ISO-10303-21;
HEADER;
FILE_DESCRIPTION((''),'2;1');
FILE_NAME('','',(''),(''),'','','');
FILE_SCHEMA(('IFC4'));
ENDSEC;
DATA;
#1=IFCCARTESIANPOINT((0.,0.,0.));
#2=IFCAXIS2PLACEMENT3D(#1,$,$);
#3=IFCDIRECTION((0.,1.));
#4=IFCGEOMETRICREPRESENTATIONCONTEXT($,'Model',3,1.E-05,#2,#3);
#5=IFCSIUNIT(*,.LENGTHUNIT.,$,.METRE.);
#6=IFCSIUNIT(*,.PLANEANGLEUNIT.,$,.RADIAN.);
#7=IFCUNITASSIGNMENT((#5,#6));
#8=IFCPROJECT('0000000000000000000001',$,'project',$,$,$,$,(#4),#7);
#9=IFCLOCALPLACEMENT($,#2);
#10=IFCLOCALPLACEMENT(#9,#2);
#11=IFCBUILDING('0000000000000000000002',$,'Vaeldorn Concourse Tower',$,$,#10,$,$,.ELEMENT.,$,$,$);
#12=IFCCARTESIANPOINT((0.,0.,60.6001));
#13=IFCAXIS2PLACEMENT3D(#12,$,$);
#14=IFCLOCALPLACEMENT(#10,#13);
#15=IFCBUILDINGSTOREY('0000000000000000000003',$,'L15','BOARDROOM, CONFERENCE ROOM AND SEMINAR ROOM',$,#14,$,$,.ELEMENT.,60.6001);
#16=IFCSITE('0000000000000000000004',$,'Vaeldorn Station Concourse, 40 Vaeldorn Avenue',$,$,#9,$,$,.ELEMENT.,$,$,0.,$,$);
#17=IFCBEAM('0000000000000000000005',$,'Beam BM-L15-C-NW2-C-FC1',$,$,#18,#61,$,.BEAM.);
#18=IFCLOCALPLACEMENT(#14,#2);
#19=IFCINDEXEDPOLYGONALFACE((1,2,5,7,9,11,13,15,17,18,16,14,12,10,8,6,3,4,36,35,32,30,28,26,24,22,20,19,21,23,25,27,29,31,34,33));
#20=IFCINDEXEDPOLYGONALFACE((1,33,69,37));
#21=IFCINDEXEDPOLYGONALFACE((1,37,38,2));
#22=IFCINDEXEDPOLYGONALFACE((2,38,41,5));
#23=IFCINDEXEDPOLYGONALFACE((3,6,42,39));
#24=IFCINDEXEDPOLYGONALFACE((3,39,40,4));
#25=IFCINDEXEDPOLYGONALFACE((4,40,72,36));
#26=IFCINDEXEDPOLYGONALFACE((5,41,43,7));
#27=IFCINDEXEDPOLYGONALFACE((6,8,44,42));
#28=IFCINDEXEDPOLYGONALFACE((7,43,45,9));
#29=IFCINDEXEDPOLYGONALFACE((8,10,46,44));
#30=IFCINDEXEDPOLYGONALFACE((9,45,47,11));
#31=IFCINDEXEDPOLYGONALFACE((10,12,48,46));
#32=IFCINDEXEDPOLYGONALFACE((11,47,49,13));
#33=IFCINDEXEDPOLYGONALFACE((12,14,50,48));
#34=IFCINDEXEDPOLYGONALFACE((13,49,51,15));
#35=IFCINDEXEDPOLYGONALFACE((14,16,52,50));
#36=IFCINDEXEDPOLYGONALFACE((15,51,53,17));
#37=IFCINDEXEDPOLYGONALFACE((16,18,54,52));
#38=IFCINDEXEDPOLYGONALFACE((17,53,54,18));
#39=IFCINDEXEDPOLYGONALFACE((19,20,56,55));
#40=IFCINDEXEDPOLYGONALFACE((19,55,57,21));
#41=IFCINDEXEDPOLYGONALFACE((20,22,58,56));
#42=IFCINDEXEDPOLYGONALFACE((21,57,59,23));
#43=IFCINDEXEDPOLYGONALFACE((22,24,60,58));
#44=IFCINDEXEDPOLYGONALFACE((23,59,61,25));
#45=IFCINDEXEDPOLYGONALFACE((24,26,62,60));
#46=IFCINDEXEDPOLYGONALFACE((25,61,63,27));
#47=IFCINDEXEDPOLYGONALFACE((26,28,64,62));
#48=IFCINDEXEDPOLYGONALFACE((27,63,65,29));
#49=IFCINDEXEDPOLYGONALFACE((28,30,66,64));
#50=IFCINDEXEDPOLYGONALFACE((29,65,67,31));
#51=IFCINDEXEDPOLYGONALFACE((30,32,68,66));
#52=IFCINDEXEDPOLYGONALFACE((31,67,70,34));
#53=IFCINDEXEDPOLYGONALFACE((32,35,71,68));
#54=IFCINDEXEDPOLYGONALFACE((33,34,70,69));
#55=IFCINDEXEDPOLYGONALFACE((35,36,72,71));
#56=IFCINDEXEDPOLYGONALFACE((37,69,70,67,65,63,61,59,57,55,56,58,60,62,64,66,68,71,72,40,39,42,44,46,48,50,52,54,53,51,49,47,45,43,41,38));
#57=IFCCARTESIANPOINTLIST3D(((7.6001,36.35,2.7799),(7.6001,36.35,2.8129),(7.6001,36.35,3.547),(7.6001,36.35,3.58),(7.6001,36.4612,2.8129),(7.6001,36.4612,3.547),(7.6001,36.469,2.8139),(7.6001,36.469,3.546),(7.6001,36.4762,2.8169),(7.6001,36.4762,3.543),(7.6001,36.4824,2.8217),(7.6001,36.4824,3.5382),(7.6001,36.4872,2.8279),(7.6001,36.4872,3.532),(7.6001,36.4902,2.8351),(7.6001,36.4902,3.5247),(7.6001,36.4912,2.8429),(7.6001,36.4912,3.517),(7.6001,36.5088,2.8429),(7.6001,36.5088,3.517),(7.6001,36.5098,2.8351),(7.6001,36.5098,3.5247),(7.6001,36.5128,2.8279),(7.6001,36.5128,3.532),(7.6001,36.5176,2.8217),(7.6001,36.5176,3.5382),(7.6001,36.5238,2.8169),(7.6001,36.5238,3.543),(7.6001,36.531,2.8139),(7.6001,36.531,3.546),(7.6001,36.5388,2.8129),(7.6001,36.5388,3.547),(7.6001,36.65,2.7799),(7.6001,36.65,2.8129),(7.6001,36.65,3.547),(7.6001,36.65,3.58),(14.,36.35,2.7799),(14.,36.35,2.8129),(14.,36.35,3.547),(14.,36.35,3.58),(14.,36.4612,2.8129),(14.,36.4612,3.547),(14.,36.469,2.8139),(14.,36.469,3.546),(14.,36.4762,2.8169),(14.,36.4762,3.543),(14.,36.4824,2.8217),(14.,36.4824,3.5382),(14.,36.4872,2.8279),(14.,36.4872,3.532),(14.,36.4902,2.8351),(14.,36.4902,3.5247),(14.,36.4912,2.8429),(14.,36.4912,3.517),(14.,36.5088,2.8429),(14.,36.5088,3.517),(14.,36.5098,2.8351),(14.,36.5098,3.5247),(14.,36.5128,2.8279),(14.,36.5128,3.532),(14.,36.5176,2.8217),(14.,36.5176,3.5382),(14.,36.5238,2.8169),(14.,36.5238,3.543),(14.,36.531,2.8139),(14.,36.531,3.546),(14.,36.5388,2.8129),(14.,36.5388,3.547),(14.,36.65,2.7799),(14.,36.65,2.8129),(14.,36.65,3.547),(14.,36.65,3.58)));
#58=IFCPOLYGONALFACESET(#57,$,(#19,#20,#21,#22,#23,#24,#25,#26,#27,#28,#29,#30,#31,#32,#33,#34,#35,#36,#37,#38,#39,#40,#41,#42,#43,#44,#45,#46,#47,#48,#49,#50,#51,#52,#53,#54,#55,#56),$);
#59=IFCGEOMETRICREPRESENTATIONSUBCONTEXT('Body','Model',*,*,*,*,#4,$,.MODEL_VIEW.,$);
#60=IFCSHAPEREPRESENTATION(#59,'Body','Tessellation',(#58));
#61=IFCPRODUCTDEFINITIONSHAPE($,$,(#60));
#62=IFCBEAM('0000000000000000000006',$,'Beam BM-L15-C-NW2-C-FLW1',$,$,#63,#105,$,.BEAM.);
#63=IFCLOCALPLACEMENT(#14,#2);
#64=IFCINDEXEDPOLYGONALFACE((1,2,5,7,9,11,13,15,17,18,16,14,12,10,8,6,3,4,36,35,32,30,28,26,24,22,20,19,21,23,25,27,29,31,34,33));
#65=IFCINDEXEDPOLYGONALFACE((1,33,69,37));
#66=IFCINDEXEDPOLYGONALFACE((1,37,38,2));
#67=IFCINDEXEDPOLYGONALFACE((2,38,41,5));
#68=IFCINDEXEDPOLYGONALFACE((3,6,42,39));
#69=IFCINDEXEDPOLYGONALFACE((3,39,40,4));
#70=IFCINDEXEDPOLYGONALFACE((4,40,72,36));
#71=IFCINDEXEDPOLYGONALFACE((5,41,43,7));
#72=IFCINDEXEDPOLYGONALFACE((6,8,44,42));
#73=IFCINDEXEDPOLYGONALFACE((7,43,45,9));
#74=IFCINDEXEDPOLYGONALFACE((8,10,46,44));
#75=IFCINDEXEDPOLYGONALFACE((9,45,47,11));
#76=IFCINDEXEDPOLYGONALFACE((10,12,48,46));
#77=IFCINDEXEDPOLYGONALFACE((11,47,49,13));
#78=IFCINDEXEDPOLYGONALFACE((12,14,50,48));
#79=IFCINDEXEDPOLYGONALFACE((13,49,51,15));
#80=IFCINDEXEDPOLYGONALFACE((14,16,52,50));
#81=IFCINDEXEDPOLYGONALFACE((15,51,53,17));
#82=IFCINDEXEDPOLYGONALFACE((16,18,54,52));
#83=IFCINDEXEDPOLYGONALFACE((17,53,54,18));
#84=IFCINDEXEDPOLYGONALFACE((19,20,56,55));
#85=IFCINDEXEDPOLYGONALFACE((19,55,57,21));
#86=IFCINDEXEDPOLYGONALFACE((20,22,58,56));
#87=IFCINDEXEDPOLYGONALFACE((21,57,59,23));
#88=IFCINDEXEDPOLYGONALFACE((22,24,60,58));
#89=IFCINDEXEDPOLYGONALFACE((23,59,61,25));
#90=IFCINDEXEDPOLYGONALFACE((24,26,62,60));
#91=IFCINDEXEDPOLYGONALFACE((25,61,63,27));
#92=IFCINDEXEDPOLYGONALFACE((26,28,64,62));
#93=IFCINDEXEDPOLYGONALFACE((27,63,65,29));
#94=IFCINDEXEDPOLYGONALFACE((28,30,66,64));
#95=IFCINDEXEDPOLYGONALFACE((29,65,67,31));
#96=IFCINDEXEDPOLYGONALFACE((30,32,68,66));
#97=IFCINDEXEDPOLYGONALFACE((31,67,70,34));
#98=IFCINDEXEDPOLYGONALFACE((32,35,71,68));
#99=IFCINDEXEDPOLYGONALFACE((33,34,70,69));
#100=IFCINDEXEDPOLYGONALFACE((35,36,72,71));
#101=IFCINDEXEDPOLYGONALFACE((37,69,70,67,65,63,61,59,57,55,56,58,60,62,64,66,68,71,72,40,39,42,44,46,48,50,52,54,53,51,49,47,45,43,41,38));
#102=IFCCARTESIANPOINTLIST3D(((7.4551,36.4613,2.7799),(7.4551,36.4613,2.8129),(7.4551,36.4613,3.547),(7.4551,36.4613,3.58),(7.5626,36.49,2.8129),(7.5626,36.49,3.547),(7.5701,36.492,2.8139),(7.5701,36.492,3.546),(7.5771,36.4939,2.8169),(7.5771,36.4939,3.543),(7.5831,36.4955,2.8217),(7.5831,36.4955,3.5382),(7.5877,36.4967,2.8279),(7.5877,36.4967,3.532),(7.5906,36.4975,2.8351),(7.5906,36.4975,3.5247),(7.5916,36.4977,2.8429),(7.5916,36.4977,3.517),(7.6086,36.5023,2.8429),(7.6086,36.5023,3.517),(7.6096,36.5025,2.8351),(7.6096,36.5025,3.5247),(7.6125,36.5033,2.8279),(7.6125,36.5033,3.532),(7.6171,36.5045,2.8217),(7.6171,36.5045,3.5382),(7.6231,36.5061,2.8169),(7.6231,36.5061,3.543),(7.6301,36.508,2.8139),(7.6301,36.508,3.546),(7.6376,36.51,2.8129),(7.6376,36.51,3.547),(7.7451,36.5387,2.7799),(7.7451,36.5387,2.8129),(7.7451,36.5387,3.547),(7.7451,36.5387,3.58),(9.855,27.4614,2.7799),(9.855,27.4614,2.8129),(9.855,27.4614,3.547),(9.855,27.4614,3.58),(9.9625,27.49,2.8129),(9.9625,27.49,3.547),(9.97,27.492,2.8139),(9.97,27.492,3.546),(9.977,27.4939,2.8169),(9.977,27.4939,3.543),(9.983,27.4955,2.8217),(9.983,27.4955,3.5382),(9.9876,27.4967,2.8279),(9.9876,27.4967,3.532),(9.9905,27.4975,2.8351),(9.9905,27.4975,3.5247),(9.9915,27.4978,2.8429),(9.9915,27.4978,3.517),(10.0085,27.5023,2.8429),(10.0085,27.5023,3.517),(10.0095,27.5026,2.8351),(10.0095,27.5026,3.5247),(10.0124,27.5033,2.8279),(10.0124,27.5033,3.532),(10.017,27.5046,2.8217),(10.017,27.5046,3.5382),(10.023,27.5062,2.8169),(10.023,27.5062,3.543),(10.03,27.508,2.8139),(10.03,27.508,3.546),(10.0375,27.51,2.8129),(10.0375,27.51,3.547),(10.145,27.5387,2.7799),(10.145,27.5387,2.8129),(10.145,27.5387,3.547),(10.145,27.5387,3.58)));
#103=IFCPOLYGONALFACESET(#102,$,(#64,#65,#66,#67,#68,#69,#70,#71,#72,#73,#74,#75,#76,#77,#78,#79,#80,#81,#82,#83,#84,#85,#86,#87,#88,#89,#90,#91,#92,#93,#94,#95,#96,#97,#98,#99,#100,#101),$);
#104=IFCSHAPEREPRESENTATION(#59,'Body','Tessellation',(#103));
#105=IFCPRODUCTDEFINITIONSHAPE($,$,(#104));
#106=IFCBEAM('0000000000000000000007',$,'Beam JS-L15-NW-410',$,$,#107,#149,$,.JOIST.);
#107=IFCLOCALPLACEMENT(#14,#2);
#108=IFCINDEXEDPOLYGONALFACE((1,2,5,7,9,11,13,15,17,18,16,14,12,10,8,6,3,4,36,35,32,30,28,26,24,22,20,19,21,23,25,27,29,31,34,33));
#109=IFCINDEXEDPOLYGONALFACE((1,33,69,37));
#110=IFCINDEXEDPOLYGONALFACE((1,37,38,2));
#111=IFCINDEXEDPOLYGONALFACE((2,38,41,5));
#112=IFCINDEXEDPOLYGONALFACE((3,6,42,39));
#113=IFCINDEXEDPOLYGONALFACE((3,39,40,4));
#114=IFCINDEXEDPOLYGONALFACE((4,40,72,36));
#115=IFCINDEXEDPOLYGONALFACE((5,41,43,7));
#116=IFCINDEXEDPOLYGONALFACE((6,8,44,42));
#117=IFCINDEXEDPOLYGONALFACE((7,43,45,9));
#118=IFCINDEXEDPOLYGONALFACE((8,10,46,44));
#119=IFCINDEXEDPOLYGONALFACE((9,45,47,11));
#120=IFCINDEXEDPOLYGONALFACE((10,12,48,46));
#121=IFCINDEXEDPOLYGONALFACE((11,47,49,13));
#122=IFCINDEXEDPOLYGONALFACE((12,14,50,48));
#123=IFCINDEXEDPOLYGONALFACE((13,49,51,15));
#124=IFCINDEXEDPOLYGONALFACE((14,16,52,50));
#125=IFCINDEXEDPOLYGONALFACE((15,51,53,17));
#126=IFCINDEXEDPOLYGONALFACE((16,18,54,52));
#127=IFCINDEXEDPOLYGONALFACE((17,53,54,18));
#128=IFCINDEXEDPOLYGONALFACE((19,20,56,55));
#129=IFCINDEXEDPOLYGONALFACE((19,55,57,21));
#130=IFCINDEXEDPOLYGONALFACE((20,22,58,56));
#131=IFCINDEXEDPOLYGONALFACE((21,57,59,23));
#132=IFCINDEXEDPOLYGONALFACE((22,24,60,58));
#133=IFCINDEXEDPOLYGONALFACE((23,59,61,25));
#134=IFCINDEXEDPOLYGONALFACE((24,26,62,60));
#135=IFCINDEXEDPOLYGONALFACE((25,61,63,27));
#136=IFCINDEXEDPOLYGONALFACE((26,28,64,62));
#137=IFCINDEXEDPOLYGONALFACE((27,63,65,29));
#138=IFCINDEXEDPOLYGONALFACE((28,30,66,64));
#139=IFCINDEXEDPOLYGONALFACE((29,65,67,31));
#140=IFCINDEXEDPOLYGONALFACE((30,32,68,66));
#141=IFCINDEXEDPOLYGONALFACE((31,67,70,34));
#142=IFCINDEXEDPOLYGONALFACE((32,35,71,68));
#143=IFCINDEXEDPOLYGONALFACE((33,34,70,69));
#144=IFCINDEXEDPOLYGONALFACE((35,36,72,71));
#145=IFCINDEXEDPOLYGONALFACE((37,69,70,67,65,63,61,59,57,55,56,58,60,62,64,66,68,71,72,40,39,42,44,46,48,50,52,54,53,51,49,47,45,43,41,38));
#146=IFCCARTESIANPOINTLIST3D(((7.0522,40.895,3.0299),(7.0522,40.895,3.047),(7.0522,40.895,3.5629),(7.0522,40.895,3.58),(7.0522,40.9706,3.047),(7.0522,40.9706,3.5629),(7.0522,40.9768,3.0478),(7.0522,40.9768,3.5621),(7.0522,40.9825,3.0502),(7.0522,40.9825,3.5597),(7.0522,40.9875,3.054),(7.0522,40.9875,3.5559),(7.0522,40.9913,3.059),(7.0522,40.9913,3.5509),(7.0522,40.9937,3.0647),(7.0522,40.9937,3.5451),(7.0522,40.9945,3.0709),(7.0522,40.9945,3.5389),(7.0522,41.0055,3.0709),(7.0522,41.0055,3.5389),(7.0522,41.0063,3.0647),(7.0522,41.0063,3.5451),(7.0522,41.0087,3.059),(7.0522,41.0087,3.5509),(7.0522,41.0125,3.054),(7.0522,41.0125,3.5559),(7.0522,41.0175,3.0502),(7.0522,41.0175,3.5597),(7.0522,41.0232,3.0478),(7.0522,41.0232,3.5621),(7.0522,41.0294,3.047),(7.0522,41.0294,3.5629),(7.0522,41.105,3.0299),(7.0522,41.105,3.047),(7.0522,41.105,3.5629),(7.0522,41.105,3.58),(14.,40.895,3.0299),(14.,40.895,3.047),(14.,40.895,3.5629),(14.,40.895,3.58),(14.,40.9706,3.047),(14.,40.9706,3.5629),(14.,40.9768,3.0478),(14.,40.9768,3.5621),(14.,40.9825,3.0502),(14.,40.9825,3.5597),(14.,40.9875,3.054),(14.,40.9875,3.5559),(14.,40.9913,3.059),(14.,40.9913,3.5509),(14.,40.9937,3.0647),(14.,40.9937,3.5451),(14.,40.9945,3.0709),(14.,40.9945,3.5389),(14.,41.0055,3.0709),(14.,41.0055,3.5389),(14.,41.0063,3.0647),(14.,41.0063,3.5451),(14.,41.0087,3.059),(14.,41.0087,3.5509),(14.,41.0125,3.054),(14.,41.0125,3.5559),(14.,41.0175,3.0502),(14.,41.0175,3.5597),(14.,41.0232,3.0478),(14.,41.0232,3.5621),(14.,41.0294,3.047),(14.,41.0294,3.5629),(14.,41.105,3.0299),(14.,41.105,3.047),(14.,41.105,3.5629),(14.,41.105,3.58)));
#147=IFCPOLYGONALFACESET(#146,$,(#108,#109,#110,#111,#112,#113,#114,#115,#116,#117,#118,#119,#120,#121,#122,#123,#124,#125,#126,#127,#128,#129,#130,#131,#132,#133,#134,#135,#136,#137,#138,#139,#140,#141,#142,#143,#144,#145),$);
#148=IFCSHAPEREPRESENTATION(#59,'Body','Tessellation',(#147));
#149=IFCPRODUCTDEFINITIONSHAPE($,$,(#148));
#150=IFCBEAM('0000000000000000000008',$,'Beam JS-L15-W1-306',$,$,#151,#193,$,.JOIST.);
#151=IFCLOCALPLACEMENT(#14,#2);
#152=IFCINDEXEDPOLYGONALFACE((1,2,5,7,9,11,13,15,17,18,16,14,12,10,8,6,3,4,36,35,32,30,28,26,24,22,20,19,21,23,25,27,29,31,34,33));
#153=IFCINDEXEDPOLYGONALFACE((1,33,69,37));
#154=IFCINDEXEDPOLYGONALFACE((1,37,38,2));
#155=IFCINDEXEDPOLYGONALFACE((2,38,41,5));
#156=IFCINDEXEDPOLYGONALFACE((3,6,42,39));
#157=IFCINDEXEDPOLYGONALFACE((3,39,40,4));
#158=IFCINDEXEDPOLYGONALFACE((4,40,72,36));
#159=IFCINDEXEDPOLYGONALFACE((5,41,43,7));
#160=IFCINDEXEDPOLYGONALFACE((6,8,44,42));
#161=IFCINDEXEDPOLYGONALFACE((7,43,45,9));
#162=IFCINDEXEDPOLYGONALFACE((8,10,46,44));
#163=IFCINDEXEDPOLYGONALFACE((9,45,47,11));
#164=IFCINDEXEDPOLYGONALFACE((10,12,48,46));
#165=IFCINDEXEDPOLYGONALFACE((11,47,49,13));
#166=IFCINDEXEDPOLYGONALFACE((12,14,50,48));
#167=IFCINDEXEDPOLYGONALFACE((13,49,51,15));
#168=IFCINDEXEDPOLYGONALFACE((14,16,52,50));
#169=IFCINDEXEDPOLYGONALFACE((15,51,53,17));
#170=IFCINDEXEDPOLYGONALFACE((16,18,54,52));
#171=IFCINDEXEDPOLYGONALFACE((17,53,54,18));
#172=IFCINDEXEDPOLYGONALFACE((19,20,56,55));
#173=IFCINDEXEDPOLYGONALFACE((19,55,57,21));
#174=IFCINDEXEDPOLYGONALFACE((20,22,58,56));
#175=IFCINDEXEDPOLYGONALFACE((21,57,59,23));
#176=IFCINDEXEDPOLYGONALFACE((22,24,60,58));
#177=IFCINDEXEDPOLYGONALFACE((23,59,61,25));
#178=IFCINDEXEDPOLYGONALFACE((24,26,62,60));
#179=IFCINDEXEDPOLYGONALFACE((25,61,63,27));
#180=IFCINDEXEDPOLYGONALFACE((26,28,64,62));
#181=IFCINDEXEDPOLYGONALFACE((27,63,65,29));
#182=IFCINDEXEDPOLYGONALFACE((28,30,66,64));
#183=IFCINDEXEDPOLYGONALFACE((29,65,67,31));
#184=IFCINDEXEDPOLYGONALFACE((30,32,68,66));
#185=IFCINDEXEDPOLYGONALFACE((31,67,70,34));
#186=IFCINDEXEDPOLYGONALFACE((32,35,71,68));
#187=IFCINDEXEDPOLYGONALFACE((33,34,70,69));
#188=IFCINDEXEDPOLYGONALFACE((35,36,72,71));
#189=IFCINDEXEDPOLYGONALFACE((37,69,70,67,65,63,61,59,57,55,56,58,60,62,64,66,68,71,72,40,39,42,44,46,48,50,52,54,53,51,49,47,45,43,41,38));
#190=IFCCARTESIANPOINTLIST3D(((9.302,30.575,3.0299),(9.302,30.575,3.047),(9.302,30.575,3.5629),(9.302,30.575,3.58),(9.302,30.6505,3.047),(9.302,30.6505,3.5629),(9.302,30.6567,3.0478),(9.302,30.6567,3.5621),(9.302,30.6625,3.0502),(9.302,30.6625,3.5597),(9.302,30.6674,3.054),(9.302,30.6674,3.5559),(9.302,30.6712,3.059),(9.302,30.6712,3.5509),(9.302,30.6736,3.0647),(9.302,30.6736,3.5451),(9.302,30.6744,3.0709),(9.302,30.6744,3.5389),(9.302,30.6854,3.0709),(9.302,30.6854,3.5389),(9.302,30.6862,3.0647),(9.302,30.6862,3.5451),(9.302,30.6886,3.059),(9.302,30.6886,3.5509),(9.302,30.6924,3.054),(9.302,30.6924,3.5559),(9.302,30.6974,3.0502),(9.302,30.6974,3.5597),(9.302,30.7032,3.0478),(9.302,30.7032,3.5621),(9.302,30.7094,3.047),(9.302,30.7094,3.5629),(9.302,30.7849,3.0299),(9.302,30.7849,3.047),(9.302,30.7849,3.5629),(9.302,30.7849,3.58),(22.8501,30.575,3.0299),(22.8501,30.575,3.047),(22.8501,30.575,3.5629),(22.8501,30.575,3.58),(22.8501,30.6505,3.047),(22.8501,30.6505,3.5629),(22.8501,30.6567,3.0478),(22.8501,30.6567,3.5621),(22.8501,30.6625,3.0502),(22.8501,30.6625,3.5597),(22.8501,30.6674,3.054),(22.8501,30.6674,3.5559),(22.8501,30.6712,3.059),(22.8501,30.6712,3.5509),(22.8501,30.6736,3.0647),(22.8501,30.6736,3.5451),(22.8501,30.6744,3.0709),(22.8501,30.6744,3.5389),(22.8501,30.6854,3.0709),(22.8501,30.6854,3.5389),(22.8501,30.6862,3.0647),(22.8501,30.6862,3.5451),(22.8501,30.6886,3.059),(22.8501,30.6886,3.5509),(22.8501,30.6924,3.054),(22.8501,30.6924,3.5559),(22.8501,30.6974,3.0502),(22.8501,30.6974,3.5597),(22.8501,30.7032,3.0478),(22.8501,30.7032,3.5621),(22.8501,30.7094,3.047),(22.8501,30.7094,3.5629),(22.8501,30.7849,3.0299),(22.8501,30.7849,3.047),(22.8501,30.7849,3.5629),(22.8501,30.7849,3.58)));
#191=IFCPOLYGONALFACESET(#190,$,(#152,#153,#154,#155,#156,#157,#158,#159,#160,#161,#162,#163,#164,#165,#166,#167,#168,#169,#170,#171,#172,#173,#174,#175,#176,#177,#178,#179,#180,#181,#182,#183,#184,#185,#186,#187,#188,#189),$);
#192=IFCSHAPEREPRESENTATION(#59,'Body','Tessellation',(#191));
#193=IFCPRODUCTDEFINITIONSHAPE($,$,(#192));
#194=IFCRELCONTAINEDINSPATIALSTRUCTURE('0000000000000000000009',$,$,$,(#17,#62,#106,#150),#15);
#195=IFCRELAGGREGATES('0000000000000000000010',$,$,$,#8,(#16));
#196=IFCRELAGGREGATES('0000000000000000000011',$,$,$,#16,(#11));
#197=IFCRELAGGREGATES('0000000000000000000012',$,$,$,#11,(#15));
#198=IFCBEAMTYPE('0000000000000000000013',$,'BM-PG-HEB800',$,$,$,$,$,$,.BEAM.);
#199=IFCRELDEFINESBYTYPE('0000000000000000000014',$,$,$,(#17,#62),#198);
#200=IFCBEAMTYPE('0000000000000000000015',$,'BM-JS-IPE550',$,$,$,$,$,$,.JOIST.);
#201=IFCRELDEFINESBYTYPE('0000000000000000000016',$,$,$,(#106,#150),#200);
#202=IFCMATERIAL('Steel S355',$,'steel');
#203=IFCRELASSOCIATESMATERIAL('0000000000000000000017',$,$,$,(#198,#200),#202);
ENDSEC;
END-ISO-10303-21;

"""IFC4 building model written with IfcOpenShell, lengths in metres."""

from ifc_helpers import new_model, si_unit, direction, frame, origin, origin_2d, place, context, subcontext, project, spatial, i_section, extrude, source, transform, mapped, material, material_profile, profile_set, type_object, element, save


model = new_model("IFC4")

# Units and contexts
model_context = context("Model", 3, precision=1e-05, world=origin(), true_north=direction((0.0, 1.0)))
body_context = subcontext(model_context, "Body", "Model", "MODEL_VIEW")
ifc_project = project(units=[si_unit("LENGTHUNIT", "METRE"), si_unit("PLANEANGLEUNIT", "RADIAN")], contexts=[model_context])

# Site, building, storey
site_placement = place(None, origin())
site = spatial("IfcSite", under=ifc_project, at=site_placement, Name="Vaeldorn Station Concourse, 40 Vaeldorn Avenue", CompositionType="ELEMENT", RefElevation=0.0)
building_placement = place(site_placement, origin())
building = spatial("IfcBuilding", under=site, at=building_placement, Name="Vaeldorn Concourse Tower", CompositionType="ELEMENT")
storey_placement = place(building_placement, frame((0.0, 0.0, 60.6001)))
storey = spatial("IfcBuildingStorey", under=building, at=storey_placement, Name="L15", Description="BOARDROOM, CONFERENCE ROOM AND SEMINAR ROOM", CompositionType="ELEMENT", Elevation=60.6001)

# Beams
ifc_material_1 = material(Name="Steel S355", Category="steel")
ifc_material_profile_1 = material_profile(ifc_material_1, i_section(OverallWidth=0.3, OverallDepth=0.8, WebThickness=0.0176, FlangeThickness=0.033, FilletRadius=0.03, at=origin_2d()), Name="HEB 800")
ifc_profile_set_1 = profile_set([ifc_material_profile_1], Name="Steel S355")
beam_type_1 = type_object("IfcBeamType", Name="BM-PG-HEB800", PredefinedType="BEAM", material=ifc_profile_set_1)
shared_shape_1 = source(origin(), body_context, "Body", "SweptSolid", [
    extrude(i_section(OverallWidth=0.3, OverallDepth=0.8, WebThickness=0.0176, FlangeThickness=0.033, FilletRadius=0.03, at=origin_2d()), origin(), (0.0, 0.0, 1.0), 6.3999),
])
beam_1_placement = place(storey_placement, frame((7.6001, 36.5, 3.1799), z_axis=(1.0, 0.0, 0.0), x_axis=(0.0, 1.0, 0.0)))
element("IfcBeam", 1, at=beam_1_placement, inside=storey, type_object=beam_type_1, Name="Beam BM-L15-C-NW2-C-FC1", PredefinedType="BEAM", context=body_context, shape_type="MappedRepresentation", body=[
    mapped(shared_shape_1, transform((0.0, 0.0, 0.0), scale=1.0)),
])
shared_shape_2 = source(origin(), body_context, "Body", "SweptSolid", [
    extrude(i_section(OverallWidth=0.3, OverallDepth=0.8, WebThickness=0.0176, FlangeThickness=0.033, FilletRadius=0.03, at=origin_2d()), origin(), (0.0, 0.0, 1.0), 9.3145),
])
beam_2_placement = place(storey_placement, frame((7.6001, 36.5, 3.1799), z_axis=(0.257653, -0.966238, 0.0), x_axis=(0.966238, 0.257653, 0.0)))
element("IfcBeam", 2, at=beam_2_placement, inside=storey, type_object=beam_type_1, Name="Beam BM-L15-C-NW2-C-FLW1", PredefinedType="BEAM", context=body_context, shape_type="MappedRepresentation", body=[
    mapped(shared_shape_2, transform((0.0, 0.0, 0.0), scale=1.0)),
])
ifc_material_profile_2 = material_profile(ifc_material_1, i_section(OverallWidth=0.21, OverallDepth=0.55, WebThickness=0.011, FlangeThickness=0.0171, FilletRadius=0.0239, at=origin_2d()), Name="IPE 550")
ifc_profile_set_2 = profile_set([ifc_material_profile_2], Name="Steel S355")
beam_type_2 = type_object("IfcBeamType", Name="BM-JS-IPE550", PredefinedType="JOIST", material=ifc_profile_set_2)
shared_shape_3 = source(origin(), body_context, "Body", "SweptSolid", [
    extrude(i_section(OverallWidth=0.21, OverallDepth=0.55, WebThickness=0.011, FlangeThickness=0.0171, FilletRadius=0.0239, at=origin_2d()), origin(), (0.0, 0.0, 1.0), 6.9478),
])
beam_3_placement = place(storey_placement, frame((7.0522, 41.0, 3.3049), z_axis=(1.0, 0.0, 0.0), x_axis=(0.0, 1.0, 0.0)))
element("IfcBeam", 3, at=beam_3_placement, inside=storey, type_object=beam_type_2, Name="Beam JS-L15-NW-410", PredefinedType="JOIST", context=body_context, shape_type="MappedRepresentation", body=[
    mapped(shared_shape_3, transform((0.0, 0.0, 0.0), scale=1.0)),
])
shared_shape_4 = source(origin(), body_context, "Body", "SweptSolid", [
    extrude(i_section(OverallWidth=0.21, OverallDepth=0.55, WebThickness=0.011, FlangeThickness=0.0171, FilletRadius=0.0239, at=origin_2d()), origin(), (0.0, 0.0, 1.0), 13.5481),
])
beam_4_placement = place(storey_placement, frame((9.302, 30.6799, 3.3049), z_axis=(1.0, 0.0, 0.0), x_axis=(0.0, 1.0, 0.0)))
element("IfcBeam", 4, at=beam_4_placement, inside=storey, type_object=beam_type_2, Name="Beam JS-L15-W1-306", PredefinedType="JOIST", context=body_context, shape_type="MappedRepresentation", body=[
    mapped(shared_shape_4, transform((0.0, 0.0, 0.0), scale=1.0)),
])

save(model, "model.ifc")
